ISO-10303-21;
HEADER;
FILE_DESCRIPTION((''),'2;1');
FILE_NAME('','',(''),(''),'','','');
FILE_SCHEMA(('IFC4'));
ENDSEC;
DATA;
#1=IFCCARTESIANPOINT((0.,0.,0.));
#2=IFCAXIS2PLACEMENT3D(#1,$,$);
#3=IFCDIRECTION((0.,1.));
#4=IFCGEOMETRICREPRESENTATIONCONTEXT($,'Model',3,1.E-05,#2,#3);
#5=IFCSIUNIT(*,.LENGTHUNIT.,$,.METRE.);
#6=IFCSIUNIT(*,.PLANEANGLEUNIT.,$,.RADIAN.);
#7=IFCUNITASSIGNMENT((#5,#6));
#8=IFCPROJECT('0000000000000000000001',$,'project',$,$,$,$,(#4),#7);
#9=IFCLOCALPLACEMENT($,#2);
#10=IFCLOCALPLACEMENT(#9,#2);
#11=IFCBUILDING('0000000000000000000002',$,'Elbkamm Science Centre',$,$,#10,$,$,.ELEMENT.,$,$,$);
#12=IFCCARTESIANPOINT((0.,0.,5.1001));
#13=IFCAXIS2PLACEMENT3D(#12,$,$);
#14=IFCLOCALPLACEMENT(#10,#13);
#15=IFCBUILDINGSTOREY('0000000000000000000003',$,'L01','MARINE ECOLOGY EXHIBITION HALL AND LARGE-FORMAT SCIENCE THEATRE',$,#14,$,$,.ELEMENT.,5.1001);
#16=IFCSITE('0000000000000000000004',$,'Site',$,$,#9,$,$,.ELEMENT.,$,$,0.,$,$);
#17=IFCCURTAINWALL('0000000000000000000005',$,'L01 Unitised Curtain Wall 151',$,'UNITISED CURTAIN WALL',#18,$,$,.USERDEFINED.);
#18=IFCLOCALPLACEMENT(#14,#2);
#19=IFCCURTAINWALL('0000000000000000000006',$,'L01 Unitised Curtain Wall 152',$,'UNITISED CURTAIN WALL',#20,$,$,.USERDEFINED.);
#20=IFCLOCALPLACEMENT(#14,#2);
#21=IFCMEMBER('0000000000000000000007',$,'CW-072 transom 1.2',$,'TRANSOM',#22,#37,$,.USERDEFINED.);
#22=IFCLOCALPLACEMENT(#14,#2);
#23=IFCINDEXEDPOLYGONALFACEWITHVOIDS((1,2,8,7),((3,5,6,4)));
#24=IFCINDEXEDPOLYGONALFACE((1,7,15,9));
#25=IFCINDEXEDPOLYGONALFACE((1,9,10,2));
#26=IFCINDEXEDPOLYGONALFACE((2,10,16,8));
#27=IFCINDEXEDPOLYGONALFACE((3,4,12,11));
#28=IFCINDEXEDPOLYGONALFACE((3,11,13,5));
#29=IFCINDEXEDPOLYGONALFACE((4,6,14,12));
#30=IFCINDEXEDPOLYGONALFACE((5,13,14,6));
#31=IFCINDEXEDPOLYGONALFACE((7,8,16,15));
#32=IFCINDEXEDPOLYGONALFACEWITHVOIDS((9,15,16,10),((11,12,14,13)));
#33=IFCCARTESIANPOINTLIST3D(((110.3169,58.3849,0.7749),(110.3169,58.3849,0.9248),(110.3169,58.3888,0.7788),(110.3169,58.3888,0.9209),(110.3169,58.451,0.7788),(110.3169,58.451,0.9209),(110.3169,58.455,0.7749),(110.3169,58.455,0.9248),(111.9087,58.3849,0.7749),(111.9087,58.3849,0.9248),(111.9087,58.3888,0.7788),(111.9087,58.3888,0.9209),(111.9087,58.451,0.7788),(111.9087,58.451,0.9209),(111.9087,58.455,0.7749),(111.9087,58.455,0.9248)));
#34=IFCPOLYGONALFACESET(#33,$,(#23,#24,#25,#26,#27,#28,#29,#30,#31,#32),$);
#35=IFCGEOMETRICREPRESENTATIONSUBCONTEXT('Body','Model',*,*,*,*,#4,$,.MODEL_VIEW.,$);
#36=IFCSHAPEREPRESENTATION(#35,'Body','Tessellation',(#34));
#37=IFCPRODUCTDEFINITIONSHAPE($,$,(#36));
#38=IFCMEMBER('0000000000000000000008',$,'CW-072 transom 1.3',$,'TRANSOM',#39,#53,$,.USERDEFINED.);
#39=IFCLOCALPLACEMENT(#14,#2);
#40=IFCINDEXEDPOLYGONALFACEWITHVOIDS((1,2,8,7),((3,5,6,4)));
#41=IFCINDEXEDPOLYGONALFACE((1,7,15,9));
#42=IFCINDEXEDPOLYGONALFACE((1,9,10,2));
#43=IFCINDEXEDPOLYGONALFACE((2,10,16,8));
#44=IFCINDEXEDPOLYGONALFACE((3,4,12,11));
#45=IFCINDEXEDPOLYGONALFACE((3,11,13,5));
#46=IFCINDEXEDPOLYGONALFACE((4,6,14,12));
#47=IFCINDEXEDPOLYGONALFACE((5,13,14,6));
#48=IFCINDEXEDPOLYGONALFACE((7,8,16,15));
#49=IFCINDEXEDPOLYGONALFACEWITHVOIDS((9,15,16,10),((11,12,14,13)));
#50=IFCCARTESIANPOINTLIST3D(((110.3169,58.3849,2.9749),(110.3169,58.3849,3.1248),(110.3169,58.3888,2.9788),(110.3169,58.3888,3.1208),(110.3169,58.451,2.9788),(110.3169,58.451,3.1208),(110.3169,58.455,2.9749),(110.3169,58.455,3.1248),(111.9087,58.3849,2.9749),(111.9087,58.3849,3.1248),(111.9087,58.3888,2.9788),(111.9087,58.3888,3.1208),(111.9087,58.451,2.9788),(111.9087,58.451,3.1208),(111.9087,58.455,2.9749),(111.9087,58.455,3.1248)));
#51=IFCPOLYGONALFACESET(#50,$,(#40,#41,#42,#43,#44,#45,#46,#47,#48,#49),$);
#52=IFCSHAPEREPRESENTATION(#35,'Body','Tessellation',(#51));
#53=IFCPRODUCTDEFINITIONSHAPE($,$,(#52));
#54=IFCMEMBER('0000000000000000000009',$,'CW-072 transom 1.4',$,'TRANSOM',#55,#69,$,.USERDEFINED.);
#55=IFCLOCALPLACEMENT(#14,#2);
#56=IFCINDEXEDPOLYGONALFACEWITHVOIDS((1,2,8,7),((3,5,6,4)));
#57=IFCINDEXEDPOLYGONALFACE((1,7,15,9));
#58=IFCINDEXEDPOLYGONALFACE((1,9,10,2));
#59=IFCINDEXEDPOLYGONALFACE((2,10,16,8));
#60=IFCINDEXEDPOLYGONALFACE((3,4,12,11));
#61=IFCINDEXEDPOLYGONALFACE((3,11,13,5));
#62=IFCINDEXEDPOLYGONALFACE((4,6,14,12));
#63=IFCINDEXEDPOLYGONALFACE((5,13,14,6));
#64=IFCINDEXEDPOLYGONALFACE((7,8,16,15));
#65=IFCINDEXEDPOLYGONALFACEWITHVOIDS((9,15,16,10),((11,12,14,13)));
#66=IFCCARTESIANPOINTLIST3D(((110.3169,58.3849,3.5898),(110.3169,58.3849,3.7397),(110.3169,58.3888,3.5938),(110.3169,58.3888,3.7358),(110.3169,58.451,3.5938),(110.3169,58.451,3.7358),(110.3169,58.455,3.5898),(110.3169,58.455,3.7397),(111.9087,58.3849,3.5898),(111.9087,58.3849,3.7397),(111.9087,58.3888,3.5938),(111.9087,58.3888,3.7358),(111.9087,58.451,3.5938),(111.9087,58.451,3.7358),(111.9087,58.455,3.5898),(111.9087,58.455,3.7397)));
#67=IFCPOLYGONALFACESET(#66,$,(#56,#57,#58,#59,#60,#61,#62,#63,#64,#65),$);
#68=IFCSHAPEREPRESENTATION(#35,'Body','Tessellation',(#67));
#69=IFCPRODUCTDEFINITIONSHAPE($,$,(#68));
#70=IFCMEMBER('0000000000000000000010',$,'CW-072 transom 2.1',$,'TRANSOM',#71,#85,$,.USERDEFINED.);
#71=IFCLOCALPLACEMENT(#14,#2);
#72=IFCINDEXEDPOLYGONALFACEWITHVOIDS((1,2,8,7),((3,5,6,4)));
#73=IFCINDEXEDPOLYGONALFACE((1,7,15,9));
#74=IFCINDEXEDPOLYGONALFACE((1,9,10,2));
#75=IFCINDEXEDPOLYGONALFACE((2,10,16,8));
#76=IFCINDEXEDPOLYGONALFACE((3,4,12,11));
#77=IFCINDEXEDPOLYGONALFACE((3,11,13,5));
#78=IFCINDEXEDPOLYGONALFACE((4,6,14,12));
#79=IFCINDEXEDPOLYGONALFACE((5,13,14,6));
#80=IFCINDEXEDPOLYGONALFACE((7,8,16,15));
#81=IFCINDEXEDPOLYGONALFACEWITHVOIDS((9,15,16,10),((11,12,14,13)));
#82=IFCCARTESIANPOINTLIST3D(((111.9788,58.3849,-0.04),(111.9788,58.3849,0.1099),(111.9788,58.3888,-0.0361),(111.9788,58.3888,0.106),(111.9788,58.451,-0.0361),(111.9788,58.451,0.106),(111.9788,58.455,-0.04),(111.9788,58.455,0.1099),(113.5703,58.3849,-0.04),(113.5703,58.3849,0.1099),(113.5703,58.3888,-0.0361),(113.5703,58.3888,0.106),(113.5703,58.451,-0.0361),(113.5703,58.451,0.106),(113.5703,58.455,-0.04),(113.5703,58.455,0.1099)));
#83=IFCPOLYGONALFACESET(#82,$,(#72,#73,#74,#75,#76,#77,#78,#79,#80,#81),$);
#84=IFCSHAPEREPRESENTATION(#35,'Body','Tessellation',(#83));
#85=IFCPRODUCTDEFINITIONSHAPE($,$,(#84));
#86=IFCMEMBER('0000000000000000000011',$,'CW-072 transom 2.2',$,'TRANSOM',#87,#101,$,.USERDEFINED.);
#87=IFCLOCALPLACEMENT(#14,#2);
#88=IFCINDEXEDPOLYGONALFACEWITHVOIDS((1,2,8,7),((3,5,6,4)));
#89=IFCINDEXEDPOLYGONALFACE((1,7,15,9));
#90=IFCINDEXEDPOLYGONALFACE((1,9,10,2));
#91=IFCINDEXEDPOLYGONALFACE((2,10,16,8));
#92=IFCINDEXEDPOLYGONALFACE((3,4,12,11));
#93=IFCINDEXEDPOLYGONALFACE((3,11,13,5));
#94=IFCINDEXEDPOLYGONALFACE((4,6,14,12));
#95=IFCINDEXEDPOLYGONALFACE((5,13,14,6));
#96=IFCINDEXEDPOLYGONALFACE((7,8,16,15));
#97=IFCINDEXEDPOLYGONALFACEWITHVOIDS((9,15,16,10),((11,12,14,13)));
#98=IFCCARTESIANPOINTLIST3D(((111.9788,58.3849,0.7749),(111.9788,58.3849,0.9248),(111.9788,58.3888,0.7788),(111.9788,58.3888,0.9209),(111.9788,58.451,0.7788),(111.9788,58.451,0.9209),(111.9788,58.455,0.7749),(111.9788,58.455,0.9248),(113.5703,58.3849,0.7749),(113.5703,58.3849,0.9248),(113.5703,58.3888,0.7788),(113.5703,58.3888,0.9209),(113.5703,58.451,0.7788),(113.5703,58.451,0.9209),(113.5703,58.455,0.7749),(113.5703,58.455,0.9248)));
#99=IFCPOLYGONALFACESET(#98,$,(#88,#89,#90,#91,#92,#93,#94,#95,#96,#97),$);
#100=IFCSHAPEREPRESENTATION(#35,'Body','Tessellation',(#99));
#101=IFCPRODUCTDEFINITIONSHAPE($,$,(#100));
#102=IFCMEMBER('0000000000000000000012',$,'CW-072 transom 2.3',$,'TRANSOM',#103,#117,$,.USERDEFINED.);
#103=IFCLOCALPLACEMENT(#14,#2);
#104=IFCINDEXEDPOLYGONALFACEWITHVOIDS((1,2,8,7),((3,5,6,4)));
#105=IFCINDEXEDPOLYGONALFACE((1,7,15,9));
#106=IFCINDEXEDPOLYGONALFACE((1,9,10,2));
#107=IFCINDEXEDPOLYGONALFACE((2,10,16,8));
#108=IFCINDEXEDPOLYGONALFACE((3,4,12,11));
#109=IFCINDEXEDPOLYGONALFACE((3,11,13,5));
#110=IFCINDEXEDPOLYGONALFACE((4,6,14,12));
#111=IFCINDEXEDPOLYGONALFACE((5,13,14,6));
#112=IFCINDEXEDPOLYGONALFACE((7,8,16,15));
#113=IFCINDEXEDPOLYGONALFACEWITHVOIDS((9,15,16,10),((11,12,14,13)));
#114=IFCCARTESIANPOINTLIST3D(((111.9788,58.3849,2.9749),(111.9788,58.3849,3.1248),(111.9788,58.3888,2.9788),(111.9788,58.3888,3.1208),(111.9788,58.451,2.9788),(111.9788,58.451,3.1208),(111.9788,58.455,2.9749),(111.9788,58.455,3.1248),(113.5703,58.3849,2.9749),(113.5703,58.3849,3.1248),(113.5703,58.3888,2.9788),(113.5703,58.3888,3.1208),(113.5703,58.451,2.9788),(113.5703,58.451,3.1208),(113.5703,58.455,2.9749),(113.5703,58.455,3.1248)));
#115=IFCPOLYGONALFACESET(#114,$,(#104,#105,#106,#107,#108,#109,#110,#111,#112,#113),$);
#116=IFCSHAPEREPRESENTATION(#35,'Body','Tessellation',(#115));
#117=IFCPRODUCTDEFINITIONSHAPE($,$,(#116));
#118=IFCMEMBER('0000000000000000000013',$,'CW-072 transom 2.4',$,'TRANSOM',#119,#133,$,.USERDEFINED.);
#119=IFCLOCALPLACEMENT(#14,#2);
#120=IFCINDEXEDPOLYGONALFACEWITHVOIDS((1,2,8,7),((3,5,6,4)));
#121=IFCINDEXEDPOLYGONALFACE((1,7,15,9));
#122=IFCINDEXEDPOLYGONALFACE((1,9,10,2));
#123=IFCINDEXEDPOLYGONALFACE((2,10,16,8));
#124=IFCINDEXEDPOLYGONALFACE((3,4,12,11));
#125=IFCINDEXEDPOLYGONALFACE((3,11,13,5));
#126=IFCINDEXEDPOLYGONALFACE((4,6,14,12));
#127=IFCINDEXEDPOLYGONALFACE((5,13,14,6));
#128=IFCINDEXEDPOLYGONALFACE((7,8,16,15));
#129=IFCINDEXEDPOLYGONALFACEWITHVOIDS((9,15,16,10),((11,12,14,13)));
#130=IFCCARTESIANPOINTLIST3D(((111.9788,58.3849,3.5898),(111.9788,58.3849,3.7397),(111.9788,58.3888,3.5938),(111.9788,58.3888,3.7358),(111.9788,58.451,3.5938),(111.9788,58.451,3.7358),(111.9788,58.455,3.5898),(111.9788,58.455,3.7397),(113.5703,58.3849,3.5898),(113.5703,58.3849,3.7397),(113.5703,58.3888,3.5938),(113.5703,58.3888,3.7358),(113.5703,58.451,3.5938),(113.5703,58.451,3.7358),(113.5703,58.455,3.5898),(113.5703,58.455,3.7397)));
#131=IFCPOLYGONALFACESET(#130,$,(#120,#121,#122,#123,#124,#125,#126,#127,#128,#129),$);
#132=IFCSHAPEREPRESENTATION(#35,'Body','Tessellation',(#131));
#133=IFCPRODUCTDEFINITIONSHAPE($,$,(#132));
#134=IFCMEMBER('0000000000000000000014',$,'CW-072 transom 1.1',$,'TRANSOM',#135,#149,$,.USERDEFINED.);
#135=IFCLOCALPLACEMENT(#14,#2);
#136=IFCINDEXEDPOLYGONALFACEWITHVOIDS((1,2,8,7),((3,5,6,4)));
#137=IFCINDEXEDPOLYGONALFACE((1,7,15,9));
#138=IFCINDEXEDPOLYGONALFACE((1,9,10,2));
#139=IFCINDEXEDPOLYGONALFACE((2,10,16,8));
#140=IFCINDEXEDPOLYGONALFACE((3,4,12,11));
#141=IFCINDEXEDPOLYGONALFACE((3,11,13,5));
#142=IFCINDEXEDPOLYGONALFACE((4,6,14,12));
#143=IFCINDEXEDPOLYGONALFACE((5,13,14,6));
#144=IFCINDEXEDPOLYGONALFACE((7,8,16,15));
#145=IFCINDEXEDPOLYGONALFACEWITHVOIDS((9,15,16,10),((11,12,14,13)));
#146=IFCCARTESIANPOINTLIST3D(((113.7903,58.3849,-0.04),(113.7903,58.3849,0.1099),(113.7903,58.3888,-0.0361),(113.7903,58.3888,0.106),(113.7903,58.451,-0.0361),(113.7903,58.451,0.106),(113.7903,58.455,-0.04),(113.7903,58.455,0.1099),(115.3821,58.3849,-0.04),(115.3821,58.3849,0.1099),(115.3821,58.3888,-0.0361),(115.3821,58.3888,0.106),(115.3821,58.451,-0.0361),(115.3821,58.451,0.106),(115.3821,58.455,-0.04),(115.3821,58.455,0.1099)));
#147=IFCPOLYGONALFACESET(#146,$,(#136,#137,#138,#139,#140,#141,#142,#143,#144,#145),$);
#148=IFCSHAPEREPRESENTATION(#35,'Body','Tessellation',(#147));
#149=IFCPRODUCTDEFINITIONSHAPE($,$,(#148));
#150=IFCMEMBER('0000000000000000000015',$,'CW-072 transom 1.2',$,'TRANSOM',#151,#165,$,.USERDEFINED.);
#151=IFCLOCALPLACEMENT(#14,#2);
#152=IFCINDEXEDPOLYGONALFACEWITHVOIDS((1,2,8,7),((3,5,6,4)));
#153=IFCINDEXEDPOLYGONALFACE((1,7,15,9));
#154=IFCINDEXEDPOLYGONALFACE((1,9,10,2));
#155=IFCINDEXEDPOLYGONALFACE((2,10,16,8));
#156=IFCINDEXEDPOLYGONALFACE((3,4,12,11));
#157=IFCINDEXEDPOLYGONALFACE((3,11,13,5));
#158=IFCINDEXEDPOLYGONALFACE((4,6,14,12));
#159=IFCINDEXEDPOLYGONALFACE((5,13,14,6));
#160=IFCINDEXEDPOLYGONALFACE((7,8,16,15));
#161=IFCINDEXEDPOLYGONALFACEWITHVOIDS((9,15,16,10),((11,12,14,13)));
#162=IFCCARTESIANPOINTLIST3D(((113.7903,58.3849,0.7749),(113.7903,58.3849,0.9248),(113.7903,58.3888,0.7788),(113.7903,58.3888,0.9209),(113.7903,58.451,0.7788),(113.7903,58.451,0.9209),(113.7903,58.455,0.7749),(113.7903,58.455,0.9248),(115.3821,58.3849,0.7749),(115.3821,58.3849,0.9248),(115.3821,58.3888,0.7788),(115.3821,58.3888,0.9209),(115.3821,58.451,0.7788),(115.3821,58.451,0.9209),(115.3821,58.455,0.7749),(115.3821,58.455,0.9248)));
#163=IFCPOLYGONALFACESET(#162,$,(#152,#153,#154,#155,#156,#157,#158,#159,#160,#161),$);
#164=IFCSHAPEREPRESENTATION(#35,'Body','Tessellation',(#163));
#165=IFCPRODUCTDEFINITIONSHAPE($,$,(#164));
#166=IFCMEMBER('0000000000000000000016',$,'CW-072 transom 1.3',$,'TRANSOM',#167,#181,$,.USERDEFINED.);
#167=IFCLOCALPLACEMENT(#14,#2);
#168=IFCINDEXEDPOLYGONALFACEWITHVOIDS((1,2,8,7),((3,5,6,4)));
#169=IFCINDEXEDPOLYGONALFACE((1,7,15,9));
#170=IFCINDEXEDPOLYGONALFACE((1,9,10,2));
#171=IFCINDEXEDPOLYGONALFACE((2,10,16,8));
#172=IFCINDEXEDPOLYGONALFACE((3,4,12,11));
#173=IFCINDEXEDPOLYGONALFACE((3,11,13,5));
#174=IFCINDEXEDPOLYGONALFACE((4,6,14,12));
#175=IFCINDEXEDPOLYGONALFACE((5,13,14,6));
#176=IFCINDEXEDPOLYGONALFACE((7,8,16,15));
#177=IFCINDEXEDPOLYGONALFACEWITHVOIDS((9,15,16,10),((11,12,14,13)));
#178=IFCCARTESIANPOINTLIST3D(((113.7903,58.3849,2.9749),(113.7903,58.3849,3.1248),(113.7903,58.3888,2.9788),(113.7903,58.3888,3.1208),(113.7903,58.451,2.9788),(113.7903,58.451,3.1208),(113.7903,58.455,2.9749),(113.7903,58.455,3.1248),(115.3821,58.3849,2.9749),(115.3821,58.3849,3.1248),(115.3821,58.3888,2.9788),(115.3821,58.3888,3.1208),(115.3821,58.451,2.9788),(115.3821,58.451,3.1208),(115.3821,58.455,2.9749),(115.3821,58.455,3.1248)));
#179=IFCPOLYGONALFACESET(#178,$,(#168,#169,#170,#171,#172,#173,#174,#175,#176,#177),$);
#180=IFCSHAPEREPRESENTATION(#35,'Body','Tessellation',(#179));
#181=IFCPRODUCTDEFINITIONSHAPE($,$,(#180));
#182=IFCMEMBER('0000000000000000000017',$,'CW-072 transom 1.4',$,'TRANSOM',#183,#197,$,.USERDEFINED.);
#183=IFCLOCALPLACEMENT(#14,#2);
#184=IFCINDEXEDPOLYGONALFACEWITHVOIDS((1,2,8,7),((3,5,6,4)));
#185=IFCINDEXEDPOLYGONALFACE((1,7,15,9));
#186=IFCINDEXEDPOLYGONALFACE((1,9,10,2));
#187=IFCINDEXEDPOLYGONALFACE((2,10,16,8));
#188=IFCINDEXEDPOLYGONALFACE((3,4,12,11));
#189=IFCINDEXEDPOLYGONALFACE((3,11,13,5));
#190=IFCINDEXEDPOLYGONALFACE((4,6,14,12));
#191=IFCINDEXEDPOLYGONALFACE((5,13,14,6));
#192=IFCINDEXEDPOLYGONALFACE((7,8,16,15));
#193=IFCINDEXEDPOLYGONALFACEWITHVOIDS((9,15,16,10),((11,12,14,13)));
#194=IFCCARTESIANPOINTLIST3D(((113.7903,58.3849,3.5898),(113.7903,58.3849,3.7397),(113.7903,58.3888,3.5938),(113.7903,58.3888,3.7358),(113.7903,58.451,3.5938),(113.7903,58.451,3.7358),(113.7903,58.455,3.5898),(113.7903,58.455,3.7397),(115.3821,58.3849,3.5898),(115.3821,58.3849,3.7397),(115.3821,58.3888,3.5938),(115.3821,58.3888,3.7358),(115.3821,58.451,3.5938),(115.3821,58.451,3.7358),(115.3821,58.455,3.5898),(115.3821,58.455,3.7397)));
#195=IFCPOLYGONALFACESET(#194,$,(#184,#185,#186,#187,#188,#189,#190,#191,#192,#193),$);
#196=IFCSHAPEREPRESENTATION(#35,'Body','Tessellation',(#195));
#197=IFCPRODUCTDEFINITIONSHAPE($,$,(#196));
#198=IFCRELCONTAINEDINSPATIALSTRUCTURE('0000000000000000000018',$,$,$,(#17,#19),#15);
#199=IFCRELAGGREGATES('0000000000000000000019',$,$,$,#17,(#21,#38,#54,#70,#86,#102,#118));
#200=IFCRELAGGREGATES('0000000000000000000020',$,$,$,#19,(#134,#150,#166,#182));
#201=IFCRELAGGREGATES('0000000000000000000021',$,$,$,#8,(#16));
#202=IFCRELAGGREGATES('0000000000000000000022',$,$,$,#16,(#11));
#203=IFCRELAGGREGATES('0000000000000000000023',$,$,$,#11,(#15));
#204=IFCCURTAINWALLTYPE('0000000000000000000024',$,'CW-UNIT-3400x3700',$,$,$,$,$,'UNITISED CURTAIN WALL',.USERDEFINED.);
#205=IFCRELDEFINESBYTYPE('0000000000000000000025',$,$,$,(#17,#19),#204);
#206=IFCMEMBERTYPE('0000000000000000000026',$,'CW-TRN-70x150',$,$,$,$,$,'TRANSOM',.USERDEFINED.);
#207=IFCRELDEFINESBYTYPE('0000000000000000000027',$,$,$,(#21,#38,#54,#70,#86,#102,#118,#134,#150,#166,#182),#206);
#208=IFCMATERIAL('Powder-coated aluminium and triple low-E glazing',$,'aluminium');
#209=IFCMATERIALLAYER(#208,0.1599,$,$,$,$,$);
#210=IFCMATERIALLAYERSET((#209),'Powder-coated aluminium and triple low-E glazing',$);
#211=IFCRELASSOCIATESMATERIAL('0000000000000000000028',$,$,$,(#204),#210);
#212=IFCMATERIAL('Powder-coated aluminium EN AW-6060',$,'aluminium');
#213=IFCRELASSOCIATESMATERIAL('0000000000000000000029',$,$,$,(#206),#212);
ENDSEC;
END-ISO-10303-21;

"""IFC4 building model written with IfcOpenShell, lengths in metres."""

from ifc_helpers import new_model, si_unit, direction, frame, origin, origin_2d, place, context, subcontext, project, spatial, hollow_rectangle, extrude, material, layer, layer_set, material_profile, profile_set, type_object, element, aggregate, save


model = new_model("IFC4")

# Units and contexts
model_context = context("Model", 3, precision=1e-05, world=origin(), true_north=direction((0.0, 1.0)))
body_context = subcontext(model_context, "Body", "Model", "MODEL_VIEW")
ifc_project = project(units=[si_unit("LENGTHUNIT", "METRE"), si_unit("PLANEANGLEUNIT", "RADIAN")], contexts=[model_context])

# Site, building, storey
site_placement = place(None, origin())
site = spatial("IfcSite", under=ifc_project, at=site_placement, Name="Site", CompositionType="ELEMENT", RefElevation=0.0)
building_placement = place(site_placement, origin())
building = spatial("IfcBuilding", under=site, at=building_placement, Name="Elbkamm Science Centre", CompositionType="ELEMENT")
storey_placement = place(building_placement, frame((0.0, 0.0, 5.1001)))
storey = spatial("IfcBuildingStorey", under=building, at=storey_placement, Name="L01", Description="MARINE ECOLOGY EXHIBITION HALL AND LARGE-FORMAT SCIENCE THEATRE", CompositionType="ELEMENT", Elevation=5.1001)

# Curtain wall
ifc_material_1 = material(Name="Powder-coated aluminium and triple low-E glazing", Category="aluminium")
ifc_material_2 = material(Name="Powder-coated aluminium EN AW-6060", Category="aluminium")
ifc_layer_1 = layer(ifc_material_1, 0.1599)
ifc_layer_set_1 = layer_set([ifc_layer_1], Name="Powder-coated aluminium and triple low-E glazing")
curtain_wall_type_1 = type_object("IfcCurtainWallType", Name="CW-UNIT-3400x3700", ElementType="UNITISED CURTAIN WALL", PredefinedType="USERDEFINED", material=ifc_layer_set_1)
curtain_wall_1_placement = place(storey_placement, origin())
curtain_wall_1 = element("IfcCurtainWall", 1, at=curtain_wall_1_placement, inside=storey, type_object=curtain_wall_type_1, Name="L01 Unitised Curtain Wall 151", ObjectType="UNITISED CURTAIN WALL", PredefinedType="USERDEFINED")

# Curtain wall
curtain_wall_2_placement = place(storey_placement, origin())
curtain_wall_2 = element("IfcCurtainWall", 2, at=curtain_wall_2_placement, inside=storey, type_object=curtain_wall_type_1, Name="L01 Unitised Curtain Wall 152", ObjectType="UNITISED CURTAIN WALL", PredefinedType="USERDEFINED")

# Members
ifc_material_profile_1 = material_profile(ifc_material_2, hollow_rectangle(XDim=0.0701, YDim=0.1499, WallThickness=0.0039, at=origin_2d()), Name="ALU T70x150")
ifc_profile_set_1 = profile_set([ifc_material_profile_1], Name="Powder-coated aluminium EN AW-6060")
member_type_1 = type_object("IfcMemberType", Name="CW-TRN-70x150", ElementType="TRANSOM", PredefinedType="USERDEFINED", material=ifc_profile_set_1)
member_1_placement = place(storey_placement, frame((110.3169, 58.4199, 0.8499), z_axis=(1.0, 0.0, 0.0), x_axis=(0.0, 1.0, 0.0)))
member_1 = element("IfcMember", 3, at=member_1_placement, type_object=member_type_1, Name="CW-072 transom 1.2", ObjectType="TRANSOM", PredefinedType="USERDEFINED", context=body_context, shape_type="SweptSolid", body=[
    extrude(hollow_rectangle(XDim=0.0701, YDim=0.1499, WallThickness=0.0039, at=origin_2d()), origin(), (0.0, 0.0, 1.0), 1.5918),
])
member_2_placement = place(storey_placement, frame((110.3169, 58.4199, 3.0498), z_axis=(1.0, 0.0, 0.0), x_axis=(0.0, 1.0, 0.0)))
member_2 = element("IfcMember", 4, at=member_2_placement, type_object=member_type_1, Name="CW-072 transom 1.3", ObjectType="TRANSOM", PredefinedType="USERDEFINED", context=body_context, shape_type="SweptSolid", body=[
    extrude(hollow_rectangle(XDim=0.0701, YDim=0.1499, WallThickness=0.0039, at=origin_2d()), origin(), (0.0, 0.0, 1.0), 1.5918),
])
member_3_placement = place(storey_placement, frame((110.3169, 58.4199, 3.6648), z_axis=(1.0, 0.0, 0.0), x_axis=(0.0, 1.0, 0.0)))
member_3 = element("IfcMember", 5, at=member_3_placement, type_object=member_type_1, Name="CW-072 transom 1.4", ObjectType="TRANSOM", PredefinedType="USERDEFINED", context=body_context, shape_type="SweptSolid", body=[
    extrude(hollow_rectangle(XDim=0.0701, YDim=0.1499, WallThickness=0.0039, at=origin_2d()), origin(), (0.0, 0.0, 1.0), 1.5918),
])
member_4_placement = place(storey_placement, frame((111.9788, 58.4199, 0.0349), z_axis=(1.0, 0.0, 0.0), x_axis=(0.0, 1.0, 0.0)))
member_4 = element("IfcMember", 6, at=member_4_placement, type_object=member_type_1, Name="CW-072 transom 2.1", ObjectType="TRANSOM", PredefinedType="USERDEFINED", context=body_context, shape_type="SweptSolid", body=[
    extrude(hollow_rectangle(XDim=0.0701, YDim=0.1499, WallThickness=0.0039, at=origin_2d()), origin(), (0.0, 0.0, 1.0), 1.5916),
])
member_5_placement = place(storey_placement, frame((111.9788, 58.4199, 0.8499), z_axis=(1.0, 0.0, 0.0), x_axis=(0.0, 1.0, 0.0)))
member_5 = element("IfcMember", 7, at=member_5_placement, type_object=member_type_1, Name="CW-072 transom 2.2", ObjectType="TRANSOM", PredefinedType="USERDEFINED", context=body_context, shape_type="SweptSolid", body=[
    extrude(hollow_rectangle(XDim=0.0701, YDim=0.1499, WallThickness=0.0039, at=origin_2d()), origin(), (0.0, 0.0, 1.0), 1.5916),
])
member_6_placement = place(storey_placement, frame((111.9788, 58.4199, 3.0498), z_axis=(1.0, 0.0, 0.0), x_axis=(0.0, 1.0, 0.0)))
member_6 = element("IfcMember", 8, at=member_6_placement, type_object=member_type_1, Name="CW-072 transom 2.3", ObjectType="TRANSOM", PredefinedType="USERDEFINED", context=body_context, shape_type="SweptSolid", body=[
    extrude(hollow_rectangle(XDim=0.0701, YDim=0.1499, WallThickness=0.0039, at=origin_2d()), origin(), (0.0, 0.0, 1.0), 1.5916),
])
member_7_placement = place(storey_placement, frame((111.9788, 58.4199, 3.6648), z_axis=(1.0, 0.0, 0.0), x_axis=(0.0, 1.0, 0.0)))
member_7 = element("IfcMember", 9, at=member_7_placement, type_object=member_type_1, Name="CW-072 transom 2.4", ObjectType="TRANSOM", PredefinedType="USERDEFINED", context=body_context, shape_type="SweptSolid", body=[
    extrude(hollow_rectangle(XDim=0.0701, YDim=0.1499, WallThickness=0.0039, at=origin_2d()), origin(), (0.0, 0.0, 1.0), 1.5916),
])
member_8_placement = place(storey_placement, frame((113.7903, 58.4199, 0.0349), z_axis=(1.0, 0.0, 0.0), x_axis=(0.0, 1.0, 0.0)))
member_8 = element("IfcMember", 10, at=member_8_placement, type_object=member_type_1, Name="CW-072 transom 1.1", ObjectType="TRANSOM", PredefinedType="USERDEFINED", context=body_context, shape_type="SweptSolid", body=[
    extrude(hollow_rectangle(XDim=0.0701, YDim=0.1499, WallThickness=0.0039, at=origin_2d()), origin(), (0.0, 0.0, 1.0), 1.5918),
])
member_9_placement = place(storey_placement, frame((113.7903, 58.4199, 0.8499), z_axis=(1.0, 0.0, 0.0), x_axis=(0.0, 1.0, 0.0)))
member_9 = element("IfcMember", 11, at=member_9_placement, type_object=member_type_1, Name="CW-072 transom 1.2", ObjectType="TRANSOM", PredefinedType="USERDEFINED", context=body_context, shape_type="SweptSolid", body=[
    extrude(hollow_rectangle(XDim=0.0701, YDim=0.1499, WallThickness=0.0039, at=origin_2d()), origin(), (0.0, 0.0, 1.0), 1.5918),
])
member_10_placement = place(storey_placement, frame((113.7903, 58.4199, 3.0498), z_axis=(1.0, 0.0, 0.0), x_axis=(0.0, 1.0, 0.0)))
member_10 = element("IfcMember", 12, at=member_10_placement, type_object=member_type_1, Name="CW-072 transom 1.3", ObjectType="TRANSOM", PredefinedType="USERDEFINED", context=body_context, shape_type="SweptSolid", body=[
    extrude(hollow_rectangle(XDim=0.0701, YDim=0.1499, WallThickness=0.0039, at=origin_2d()), origin(), (0.0, 0.0, 1.0), 1.5918),
])
member_11_placement = place(storey_placement, frame((113.7903, 58.4199, 3.6648), z_axis=(1.0, 0.0, 0.0), x_axis=(0.0, 1.0, 0.0)))
member_11 = element("IfcMember", 13, at=member_11_placement, type_object=member_type_1, Name="CW-072 transom 1.4", ObjectType="TRANSOM", PredefinedType="USERDEFINED", context=body_context, shape_type="SweptSolid", body=[
    extrude(hollow_rectangle(XDim=0.0701, YDim=0.1499, WallThickness=0.0039, at=origin_2d()), origin(), (0.0, 0.0, 1.0), 1.5918),
])

aggregate(curtain_wall_1, [member_1, member_2, member_3, member_4, member_5, member_6, member_7])
aggregate(curtain_wall_2, [member_8, member_9, member_10, member_11])

save(model, "model.ifc")
